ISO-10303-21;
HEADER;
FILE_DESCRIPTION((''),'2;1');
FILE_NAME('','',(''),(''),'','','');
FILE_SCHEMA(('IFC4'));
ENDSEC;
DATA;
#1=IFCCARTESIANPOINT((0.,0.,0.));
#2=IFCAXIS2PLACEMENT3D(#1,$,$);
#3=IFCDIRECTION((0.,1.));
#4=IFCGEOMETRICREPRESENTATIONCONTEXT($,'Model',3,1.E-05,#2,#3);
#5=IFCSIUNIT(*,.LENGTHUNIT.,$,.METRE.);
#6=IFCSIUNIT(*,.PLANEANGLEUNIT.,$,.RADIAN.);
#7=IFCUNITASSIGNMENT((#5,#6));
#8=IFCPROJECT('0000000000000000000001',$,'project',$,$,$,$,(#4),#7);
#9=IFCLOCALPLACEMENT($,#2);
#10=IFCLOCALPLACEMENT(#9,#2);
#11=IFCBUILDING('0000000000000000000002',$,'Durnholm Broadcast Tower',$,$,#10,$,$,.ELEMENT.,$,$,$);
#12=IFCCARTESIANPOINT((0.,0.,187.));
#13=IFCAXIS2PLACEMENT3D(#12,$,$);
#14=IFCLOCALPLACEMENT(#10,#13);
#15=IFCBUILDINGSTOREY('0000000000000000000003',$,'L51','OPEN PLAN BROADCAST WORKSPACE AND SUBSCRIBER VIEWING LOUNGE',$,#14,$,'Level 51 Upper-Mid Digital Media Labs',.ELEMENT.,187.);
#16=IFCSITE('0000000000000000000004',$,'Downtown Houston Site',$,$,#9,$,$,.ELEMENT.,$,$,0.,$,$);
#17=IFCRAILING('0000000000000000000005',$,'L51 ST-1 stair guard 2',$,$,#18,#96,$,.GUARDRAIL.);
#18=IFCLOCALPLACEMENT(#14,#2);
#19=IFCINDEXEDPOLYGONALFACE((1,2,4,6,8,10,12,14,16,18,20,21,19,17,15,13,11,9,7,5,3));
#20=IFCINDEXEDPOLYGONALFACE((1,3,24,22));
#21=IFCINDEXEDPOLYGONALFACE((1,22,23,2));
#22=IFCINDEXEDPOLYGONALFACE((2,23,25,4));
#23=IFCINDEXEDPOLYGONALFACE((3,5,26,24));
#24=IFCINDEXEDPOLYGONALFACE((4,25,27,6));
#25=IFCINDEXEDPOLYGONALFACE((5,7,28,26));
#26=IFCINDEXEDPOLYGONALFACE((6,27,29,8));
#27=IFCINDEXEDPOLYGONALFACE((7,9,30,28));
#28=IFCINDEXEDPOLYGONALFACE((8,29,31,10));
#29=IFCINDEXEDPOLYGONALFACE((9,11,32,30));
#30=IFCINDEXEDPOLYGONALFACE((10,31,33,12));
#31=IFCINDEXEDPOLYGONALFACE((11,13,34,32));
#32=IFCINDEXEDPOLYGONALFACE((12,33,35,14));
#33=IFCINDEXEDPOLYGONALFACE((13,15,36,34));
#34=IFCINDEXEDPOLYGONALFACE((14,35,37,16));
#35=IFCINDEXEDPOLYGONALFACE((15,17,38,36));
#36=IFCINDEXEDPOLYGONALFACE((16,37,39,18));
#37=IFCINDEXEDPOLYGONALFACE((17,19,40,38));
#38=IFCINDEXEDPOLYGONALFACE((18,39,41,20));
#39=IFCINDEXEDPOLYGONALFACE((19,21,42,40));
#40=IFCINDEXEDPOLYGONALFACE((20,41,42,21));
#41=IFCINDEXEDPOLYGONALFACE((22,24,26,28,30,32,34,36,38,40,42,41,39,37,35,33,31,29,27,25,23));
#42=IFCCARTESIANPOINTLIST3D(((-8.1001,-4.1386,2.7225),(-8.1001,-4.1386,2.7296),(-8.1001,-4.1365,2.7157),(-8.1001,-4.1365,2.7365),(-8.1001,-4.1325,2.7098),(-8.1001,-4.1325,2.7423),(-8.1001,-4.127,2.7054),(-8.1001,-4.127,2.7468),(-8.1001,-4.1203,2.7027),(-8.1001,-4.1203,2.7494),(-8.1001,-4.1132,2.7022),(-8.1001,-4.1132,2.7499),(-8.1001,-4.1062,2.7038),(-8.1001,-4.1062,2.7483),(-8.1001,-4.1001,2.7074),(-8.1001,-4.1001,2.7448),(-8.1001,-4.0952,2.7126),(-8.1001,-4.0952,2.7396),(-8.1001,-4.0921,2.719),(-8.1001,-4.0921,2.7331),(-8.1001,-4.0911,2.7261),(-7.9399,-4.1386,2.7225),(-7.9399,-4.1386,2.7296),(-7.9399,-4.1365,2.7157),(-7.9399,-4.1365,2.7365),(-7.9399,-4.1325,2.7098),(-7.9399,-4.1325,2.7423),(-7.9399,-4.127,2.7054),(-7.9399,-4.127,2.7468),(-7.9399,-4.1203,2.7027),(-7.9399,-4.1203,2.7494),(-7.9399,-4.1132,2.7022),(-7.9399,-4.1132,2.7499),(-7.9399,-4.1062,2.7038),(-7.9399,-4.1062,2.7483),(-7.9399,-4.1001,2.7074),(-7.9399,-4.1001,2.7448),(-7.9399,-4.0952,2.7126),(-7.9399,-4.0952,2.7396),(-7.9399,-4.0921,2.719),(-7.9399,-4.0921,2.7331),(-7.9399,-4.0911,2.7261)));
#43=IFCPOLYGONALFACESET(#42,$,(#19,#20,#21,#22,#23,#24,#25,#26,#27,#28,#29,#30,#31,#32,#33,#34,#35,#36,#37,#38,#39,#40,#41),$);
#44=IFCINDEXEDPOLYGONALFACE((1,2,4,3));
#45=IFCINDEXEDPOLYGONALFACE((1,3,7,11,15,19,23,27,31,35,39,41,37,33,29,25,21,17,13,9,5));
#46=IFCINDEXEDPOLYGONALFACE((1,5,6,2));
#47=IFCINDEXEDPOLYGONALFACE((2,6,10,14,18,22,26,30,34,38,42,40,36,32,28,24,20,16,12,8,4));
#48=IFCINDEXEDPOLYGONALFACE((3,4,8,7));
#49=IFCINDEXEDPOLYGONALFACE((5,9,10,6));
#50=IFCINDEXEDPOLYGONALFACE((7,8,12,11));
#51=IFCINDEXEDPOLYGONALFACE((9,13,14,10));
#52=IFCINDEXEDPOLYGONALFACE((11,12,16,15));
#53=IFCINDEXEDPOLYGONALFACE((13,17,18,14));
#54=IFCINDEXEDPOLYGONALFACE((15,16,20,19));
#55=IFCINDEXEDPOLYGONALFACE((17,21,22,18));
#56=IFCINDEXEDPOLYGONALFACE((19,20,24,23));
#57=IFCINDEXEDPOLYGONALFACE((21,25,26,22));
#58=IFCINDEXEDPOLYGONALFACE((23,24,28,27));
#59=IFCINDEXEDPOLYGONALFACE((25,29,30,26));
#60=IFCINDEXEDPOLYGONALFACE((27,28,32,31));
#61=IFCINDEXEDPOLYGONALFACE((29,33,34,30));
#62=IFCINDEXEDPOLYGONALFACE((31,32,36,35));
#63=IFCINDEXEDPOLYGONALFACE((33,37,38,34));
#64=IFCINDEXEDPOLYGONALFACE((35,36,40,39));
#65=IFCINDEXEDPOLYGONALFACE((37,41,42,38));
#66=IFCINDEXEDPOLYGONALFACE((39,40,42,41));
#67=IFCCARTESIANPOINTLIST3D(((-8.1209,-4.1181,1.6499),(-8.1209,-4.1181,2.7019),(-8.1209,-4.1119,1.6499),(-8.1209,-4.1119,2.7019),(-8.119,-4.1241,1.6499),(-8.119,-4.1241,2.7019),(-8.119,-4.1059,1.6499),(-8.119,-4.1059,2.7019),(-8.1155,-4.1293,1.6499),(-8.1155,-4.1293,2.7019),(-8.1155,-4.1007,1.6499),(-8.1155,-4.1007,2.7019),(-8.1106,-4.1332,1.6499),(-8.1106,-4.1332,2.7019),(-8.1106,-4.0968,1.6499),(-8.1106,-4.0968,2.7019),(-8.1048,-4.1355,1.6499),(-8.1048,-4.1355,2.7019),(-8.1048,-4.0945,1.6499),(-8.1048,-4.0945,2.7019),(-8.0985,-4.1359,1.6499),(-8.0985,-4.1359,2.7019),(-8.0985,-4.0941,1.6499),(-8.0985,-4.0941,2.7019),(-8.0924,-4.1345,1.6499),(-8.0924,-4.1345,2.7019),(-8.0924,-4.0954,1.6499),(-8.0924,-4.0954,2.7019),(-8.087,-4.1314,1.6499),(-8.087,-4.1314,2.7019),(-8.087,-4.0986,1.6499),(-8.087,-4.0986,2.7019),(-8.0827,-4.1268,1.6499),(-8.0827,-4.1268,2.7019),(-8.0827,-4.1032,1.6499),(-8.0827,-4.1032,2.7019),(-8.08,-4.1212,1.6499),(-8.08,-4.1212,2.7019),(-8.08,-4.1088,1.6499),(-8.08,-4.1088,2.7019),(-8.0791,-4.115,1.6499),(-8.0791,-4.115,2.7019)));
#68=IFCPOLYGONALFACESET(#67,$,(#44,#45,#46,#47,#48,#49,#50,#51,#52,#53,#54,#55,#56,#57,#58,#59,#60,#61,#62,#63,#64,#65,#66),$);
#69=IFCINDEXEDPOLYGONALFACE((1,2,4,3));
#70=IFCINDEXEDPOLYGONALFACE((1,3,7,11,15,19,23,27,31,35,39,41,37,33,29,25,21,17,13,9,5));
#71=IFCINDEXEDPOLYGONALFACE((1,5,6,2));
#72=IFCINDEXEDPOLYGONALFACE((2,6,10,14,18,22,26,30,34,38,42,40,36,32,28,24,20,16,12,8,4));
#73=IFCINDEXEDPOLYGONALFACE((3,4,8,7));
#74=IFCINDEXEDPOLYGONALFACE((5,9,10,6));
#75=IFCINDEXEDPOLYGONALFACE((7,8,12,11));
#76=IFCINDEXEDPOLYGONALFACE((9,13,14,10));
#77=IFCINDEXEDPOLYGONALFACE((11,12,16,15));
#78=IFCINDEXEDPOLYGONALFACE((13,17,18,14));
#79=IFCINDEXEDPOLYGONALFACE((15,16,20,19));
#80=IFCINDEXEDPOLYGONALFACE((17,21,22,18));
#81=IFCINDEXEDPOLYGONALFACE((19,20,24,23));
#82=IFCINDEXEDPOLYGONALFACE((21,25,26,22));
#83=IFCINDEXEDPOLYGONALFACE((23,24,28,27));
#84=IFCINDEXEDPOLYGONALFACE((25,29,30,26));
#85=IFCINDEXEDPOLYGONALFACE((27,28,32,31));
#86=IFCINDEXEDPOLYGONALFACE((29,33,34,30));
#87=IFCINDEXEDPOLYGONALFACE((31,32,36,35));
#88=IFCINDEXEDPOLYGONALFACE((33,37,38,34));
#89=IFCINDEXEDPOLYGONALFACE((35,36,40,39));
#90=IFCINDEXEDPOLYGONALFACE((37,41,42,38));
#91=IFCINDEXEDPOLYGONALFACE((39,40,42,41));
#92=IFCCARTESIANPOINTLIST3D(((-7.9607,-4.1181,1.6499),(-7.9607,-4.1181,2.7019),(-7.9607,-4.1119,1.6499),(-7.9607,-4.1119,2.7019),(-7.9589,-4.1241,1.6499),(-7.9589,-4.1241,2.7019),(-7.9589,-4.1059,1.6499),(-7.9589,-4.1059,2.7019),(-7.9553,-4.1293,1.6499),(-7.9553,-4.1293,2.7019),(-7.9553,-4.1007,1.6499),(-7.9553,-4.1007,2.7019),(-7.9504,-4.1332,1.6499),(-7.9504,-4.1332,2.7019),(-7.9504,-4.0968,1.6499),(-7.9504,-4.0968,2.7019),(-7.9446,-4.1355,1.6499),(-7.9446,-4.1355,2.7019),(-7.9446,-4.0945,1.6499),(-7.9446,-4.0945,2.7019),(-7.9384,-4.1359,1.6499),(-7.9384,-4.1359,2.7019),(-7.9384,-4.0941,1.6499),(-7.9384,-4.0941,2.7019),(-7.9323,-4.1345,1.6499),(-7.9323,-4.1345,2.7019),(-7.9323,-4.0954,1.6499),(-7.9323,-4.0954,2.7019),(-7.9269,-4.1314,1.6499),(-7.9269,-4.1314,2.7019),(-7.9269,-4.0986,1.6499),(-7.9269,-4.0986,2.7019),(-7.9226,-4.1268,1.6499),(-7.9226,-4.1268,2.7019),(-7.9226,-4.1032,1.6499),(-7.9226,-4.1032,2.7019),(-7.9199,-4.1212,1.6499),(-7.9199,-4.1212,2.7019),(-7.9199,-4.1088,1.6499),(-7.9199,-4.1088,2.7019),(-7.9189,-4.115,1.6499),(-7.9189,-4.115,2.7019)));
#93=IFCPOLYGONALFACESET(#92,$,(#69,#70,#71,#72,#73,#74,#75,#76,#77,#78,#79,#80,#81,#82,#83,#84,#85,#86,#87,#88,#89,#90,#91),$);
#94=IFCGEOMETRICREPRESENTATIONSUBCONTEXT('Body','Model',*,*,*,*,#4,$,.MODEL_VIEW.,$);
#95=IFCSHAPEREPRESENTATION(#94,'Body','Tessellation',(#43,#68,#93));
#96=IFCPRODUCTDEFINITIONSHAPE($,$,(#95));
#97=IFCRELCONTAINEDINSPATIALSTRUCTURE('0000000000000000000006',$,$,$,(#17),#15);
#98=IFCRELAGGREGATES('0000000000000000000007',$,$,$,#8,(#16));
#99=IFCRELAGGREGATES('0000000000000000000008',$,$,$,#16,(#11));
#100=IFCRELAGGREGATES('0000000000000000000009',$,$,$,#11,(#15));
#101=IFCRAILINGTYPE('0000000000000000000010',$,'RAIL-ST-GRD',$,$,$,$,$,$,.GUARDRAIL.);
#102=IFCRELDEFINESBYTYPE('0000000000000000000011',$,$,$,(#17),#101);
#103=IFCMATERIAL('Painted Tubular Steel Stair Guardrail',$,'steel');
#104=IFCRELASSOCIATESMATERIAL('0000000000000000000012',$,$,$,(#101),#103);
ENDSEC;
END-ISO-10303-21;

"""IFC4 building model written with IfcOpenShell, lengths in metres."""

from ifc_helpers import new_model, si_unit, direction, frame, origin, origin_2d, place, context, subcontext, project, spatial, circle, extrude, material, type_object, element, save


model = new_model("IFC4")

# Units and contexts
model_context = context("Model", 3, precision=1e-05, world=origin(), true_north=direction((0.0, 1.0)))
body_context = subcontext(model_context, "Body", "Model", "MODEL_VIEW")
ifc_project = project(units=[si_unit("LENGTHUNIT", "METRE"), si_unit("PLANEANGLEUNIT", "RADIAN")], contexts=[model_context])

# Site, building, storey
site_placement = place(None, origin())
site = spatial("IfcSite", under=ifc_project, at=site_placement, Name="Downtown Houston Site", CompositionType="ELEMENT", RefElevation=0.0)
building_placement = place(site_placement, origin())
building = spatial("IfcBuilding", under=site, at=building_placement, Name="Durnholm Broadcast Tower", CompositionType="ELEMENT")
storey_placement = place(building_placement, frame((0.0, 0.0, 187.0)))
storey = spatial("IfcBuildingStorey", under=building, at=storey_placement, Name="L51", Description="OPEN PLAN BROADCAST WORKSPACE AND SUBSCRIBER VIEWING LOUNGE", LongName="Level 51 Upper-Mid Digital Media Labs", CompositionType="ELEMENT", Elevation=187.0)

# Railing
ifc_material_1 = material(Name="Painted Tubular Steel Stair Guardrail", Category="steel")
railing_type_1 = type_object("IfcRailingType", Name="RAIL-ST-GRD", PredefinedType="GUARDRAIL", material=ifc_material_1)
railing_1_placement = place(storey_placement, frame((-8.1001, -4.115, 1.6499)))
element("IfcRailing", 1, at=railing_1_placement, inside=storey, type_object=railing_type_1, Name="L51 ST-1 stair guard 2", PredefinedType="GUARDRAIL", context=body_context, shape_type="SweptSolid", body=[
    extrude(circle(Radius=0.0239, at=origin_2d()), frame((0.0, 0.0, 1.0762), z_axis=(1.0, 0.0, 0.0), x_axis=(0.0, 1.0, 0.0)), (0.0, 0.0, 1.0), 0.1602),
    extrude(circle(Radius=0.021, at=origin_2d()), origin(), (0.0, 0.0, 1.0), 1.052),
    extrude(circle(Radius=0.021, at=origin_2d()), frame((0.1602, 0.0, 0.0)), (0.0, 0.0, 1.0), 1.052),
])

save(model, "model.ifc")
